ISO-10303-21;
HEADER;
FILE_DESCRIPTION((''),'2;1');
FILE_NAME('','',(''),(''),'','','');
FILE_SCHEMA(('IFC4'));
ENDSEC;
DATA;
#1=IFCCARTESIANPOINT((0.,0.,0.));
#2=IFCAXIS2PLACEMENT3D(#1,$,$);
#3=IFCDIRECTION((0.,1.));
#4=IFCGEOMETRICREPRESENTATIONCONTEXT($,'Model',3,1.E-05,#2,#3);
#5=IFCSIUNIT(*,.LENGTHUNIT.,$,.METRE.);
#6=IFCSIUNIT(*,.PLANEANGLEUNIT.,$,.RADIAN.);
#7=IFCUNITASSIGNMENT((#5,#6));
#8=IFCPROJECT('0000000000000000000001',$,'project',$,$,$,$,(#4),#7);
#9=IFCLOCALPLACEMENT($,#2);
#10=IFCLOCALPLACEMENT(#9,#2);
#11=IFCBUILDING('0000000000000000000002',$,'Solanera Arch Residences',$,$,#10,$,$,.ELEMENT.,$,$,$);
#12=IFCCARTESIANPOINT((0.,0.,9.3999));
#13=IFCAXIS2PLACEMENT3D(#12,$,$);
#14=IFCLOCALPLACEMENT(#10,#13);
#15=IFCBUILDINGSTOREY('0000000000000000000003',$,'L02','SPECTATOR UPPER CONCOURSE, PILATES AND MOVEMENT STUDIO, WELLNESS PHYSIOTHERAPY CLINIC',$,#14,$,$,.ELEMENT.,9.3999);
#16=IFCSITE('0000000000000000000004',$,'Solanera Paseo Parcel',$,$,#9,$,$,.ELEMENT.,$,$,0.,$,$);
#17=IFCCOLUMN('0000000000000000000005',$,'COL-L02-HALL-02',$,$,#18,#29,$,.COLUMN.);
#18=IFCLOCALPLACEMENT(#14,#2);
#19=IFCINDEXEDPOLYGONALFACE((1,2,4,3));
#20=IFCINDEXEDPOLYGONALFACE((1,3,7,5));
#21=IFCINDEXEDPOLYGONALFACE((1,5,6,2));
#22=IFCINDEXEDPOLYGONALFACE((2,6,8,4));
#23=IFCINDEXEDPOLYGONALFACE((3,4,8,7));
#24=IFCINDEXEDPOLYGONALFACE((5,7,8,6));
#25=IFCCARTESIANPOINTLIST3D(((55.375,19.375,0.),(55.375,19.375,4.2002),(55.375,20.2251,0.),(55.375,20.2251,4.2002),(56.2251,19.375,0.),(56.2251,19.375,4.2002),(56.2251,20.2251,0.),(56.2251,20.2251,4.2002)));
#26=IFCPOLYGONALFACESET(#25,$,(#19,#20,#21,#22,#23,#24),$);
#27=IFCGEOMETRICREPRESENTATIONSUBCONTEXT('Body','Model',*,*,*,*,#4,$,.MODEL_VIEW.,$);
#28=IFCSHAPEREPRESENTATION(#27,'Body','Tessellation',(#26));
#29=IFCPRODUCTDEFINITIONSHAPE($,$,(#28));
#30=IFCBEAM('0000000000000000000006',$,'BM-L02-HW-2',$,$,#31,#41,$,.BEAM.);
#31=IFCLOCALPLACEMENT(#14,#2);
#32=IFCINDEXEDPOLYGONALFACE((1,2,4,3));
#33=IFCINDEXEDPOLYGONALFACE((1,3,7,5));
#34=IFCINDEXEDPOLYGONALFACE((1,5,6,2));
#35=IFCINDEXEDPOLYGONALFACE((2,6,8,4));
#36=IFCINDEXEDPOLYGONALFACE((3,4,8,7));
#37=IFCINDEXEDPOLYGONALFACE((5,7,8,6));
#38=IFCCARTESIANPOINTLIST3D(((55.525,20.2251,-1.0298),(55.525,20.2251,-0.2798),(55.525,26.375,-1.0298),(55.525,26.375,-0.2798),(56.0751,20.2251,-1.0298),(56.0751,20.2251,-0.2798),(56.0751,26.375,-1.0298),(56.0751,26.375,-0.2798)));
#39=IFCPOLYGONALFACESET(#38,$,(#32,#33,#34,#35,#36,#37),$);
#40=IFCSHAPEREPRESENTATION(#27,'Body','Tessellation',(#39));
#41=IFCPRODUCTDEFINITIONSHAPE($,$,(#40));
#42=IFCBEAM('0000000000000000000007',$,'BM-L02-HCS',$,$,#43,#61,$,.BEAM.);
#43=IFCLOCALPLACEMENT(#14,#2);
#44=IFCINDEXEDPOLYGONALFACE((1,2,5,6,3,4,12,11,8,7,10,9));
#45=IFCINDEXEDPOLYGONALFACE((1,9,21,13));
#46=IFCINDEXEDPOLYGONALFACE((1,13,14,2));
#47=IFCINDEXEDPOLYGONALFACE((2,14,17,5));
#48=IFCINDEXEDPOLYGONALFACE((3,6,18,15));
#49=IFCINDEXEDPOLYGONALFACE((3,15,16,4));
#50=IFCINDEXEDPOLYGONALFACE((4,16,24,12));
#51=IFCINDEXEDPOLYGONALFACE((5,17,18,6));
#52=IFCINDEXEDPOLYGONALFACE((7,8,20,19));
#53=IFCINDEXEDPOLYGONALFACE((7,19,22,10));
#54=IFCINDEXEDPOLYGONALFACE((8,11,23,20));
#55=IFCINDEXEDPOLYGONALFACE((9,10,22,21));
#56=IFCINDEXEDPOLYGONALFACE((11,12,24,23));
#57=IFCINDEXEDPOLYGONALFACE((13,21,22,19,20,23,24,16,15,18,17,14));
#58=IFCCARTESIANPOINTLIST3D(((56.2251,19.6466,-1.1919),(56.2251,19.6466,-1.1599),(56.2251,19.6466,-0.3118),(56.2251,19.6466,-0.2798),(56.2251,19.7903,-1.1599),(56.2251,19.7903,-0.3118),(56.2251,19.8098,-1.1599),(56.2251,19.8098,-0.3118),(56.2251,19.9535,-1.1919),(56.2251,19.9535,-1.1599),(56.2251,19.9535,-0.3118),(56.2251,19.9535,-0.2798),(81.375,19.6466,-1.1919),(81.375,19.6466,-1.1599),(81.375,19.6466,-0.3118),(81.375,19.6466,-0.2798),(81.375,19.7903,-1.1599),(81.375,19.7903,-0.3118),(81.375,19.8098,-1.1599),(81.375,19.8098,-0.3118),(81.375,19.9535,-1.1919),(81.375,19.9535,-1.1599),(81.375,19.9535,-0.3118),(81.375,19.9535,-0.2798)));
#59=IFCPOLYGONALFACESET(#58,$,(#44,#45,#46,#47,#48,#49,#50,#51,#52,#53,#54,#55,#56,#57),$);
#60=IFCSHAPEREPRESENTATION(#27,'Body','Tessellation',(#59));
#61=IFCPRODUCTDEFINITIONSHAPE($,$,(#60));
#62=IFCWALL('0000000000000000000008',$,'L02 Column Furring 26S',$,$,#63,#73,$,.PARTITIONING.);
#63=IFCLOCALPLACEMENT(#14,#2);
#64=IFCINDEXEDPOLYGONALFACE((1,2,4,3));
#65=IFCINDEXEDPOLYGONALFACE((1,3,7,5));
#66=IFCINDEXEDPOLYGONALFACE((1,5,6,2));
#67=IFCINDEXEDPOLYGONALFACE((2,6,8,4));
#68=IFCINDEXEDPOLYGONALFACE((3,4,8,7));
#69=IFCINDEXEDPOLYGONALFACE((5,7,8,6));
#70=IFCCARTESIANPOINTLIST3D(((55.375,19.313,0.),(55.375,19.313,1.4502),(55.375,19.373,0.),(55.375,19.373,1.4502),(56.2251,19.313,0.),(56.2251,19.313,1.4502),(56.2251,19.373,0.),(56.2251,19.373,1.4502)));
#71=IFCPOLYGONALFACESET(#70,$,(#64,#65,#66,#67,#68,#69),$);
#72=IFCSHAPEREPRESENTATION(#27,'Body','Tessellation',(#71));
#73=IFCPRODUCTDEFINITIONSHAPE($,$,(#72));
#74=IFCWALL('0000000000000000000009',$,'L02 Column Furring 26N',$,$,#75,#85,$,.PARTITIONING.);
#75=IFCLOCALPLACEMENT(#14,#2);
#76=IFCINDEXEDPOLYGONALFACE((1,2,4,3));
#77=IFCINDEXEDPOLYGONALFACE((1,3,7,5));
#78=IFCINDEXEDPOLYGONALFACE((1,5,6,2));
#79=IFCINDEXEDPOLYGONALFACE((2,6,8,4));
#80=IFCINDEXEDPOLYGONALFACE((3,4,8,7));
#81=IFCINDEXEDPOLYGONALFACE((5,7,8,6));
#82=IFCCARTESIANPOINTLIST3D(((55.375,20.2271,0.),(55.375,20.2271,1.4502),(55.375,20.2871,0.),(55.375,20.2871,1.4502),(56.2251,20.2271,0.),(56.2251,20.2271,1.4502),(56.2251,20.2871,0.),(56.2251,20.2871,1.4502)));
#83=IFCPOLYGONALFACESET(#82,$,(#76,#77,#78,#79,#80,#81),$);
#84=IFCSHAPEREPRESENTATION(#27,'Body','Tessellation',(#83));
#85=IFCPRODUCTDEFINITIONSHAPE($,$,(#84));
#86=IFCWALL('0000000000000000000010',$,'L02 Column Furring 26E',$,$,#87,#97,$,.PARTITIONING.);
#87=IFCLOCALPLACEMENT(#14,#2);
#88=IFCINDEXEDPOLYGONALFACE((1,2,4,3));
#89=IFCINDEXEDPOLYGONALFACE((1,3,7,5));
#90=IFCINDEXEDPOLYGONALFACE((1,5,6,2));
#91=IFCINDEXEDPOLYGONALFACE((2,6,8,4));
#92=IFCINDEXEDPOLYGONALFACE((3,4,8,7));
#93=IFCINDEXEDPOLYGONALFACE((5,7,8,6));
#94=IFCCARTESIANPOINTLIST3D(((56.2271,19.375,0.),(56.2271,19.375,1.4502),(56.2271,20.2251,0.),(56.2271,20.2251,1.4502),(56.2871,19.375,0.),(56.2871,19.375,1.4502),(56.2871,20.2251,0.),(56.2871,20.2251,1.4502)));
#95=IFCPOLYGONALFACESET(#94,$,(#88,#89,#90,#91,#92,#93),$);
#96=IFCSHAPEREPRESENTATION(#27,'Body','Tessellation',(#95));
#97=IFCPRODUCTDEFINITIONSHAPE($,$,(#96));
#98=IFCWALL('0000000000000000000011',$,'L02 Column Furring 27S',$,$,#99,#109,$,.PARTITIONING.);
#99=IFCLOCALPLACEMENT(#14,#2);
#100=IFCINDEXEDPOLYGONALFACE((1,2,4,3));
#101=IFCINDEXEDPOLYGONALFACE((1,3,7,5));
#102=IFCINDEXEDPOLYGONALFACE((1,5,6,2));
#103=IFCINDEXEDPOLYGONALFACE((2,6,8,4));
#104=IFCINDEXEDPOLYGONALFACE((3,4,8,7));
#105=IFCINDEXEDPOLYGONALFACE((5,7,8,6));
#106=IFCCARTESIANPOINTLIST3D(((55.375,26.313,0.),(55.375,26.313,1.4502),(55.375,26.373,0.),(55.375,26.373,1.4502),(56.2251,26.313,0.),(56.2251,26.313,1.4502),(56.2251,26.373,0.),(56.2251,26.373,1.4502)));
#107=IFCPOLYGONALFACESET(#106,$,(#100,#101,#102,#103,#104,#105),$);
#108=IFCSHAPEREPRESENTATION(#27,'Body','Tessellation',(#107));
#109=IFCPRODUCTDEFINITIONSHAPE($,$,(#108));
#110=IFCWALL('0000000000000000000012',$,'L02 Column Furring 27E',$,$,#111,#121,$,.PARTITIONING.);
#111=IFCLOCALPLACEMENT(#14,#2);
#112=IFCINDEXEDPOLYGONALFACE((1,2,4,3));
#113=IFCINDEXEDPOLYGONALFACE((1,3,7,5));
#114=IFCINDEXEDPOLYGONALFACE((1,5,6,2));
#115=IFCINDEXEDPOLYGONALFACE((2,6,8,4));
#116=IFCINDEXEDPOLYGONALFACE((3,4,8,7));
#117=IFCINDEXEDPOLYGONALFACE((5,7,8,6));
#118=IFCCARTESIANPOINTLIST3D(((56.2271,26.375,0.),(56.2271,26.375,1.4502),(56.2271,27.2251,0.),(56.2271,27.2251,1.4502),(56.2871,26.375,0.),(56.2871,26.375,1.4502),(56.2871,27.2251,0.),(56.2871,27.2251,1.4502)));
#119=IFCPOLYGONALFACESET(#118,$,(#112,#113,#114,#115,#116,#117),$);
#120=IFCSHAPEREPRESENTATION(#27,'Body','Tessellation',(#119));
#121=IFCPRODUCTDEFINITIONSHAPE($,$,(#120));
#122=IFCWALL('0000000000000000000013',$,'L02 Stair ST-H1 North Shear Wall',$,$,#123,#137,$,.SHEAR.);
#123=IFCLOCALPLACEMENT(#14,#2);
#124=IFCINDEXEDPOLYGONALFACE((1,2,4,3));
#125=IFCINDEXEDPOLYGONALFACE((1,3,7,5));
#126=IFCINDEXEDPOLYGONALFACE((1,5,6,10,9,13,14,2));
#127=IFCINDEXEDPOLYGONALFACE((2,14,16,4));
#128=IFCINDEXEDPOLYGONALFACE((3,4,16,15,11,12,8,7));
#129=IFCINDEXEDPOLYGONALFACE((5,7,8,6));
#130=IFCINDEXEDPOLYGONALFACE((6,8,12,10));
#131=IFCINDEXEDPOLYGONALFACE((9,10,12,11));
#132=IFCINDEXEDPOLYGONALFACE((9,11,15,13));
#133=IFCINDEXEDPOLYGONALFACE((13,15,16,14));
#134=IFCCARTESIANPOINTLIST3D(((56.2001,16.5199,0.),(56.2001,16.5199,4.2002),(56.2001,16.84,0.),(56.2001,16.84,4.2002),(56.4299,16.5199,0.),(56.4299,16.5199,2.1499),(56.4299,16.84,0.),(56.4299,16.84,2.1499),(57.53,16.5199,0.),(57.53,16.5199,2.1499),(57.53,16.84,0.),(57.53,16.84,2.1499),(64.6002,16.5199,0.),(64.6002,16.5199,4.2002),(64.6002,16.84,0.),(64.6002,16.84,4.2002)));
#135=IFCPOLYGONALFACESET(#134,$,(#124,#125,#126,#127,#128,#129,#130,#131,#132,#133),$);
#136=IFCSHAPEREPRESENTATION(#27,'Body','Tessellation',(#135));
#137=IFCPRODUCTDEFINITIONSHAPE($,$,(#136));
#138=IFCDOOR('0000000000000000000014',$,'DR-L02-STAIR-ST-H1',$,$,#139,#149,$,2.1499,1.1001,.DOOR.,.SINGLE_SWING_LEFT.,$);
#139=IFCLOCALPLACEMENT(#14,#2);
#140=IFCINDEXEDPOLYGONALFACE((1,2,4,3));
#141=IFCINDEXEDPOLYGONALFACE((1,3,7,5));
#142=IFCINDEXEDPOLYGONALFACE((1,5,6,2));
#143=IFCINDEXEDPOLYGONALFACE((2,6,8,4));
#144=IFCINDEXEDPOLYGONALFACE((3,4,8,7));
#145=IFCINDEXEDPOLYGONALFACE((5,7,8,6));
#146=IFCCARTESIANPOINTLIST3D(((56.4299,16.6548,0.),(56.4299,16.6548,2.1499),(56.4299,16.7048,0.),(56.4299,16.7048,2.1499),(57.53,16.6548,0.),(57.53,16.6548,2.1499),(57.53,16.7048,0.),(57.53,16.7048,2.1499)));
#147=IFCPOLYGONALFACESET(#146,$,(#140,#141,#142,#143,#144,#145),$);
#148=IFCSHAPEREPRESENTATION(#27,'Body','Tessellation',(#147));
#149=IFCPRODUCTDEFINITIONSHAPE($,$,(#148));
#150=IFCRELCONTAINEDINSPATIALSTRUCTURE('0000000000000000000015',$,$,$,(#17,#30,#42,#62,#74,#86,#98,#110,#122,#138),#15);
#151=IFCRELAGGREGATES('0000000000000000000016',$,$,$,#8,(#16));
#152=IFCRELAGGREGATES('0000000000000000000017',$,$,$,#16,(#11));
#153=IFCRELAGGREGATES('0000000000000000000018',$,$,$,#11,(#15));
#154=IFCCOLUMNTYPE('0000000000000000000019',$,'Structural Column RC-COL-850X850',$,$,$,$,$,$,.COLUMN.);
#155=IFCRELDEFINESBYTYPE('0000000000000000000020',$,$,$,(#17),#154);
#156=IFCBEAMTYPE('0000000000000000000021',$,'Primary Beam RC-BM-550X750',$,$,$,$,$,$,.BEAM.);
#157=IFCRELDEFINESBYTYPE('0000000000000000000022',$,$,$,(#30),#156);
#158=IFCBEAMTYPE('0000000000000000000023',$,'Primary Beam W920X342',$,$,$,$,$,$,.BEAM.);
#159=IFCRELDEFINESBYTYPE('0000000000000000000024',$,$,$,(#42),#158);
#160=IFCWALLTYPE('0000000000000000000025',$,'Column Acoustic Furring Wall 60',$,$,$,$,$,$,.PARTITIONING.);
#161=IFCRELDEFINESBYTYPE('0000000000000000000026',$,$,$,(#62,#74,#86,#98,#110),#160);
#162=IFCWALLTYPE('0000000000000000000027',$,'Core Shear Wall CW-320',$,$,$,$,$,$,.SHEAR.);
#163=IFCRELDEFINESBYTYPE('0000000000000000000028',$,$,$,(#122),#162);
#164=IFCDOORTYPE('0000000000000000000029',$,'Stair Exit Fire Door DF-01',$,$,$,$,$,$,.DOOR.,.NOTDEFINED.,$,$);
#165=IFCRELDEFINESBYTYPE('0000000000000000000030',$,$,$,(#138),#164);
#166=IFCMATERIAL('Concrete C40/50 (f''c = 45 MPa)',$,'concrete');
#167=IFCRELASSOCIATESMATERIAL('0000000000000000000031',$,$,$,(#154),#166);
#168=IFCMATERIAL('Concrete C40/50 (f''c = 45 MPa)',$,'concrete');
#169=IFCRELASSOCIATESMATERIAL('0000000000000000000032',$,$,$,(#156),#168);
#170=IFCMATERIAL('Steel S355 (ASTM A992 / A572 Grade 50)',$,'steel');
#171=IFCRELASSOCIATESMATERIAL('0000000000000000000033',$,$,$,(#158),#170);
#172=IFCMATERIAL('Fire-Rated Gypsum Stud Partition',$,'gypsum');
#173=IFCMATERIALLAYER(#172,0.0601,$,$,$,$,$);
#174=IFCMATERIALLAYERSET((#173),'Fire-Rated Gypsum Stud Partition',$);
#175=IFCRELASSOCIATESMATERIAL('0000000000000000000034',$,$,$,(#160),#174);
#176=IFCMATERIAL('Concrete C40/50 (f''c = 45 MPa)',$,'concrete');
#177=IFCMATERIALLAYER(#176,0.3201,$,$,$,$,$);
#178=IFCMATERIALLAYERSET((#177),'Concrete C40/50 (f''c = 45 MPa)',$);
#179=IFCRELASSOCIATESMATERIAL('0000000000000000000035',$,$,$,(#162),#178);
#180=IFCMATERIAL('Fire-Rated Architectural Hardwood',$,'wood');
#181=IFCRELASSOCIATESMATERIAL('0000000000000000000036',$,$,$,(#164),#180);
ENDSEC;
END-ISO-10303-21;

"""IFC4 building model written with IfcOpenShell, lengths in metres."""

from ifc_helpers import new_model, si_unit, direction, frame, frame_2d, origin, origin_2d, place, context, subcontext, project, spatial, rectangle, i_section, extrude, material, layer, layer_set, material_profile, profile_set, type_object, element, fill, save


model = new_model("IFC4")

# Units and contexts
model_context = context("Model", 3, precision=1e-05, world=origin(), true_north=direction((0.0, 1.0)))
body_context = subcontext(model_context, "Body", "Model", "MODEL_VIEW")
ifc_project = project(units=[si_unit("LENGTHUNIT", "METRE"), si_unit("PLANEANGLEUNIT", "RADIAN")], contexts=[model_context])

# Site, building, storey
site_placement = place(None, origin())
site = spatial("IfcSite", under=ifc_project, at=site_placement, Name="Solanera Paseo Parcel", CompositionType="ELEMENT", RefElevation=0.0)
building_placement = place(site_placement, origin())
building = spatial("IfcBuilding", under=site, at=building_placement, Name="Solanera Arch Residences", CompositionType="ELEMENT")
storey_placement = place(building_placement, frame((0.0, 0.0, 9.3999)))
storey = spatial("IfcBuildingStorey", under=building, at=storey_placement, Name="L02", Description="SPECTATOR UPPER CONCOURSE, PILATES AND MOVEMENT STUDIO, WELLNESS PHYSIOTHERAPY CLINIC", CompositionType="ELEMENT", Elevation=9.3999)

# Column
ifc_material_1 = material(Name="Concrete C40/50 (f'c = 45 MPa)", Category="concrete")
ifc_material_profile_1 = material_profile(ifc_material_1, rectangle(XDim=0.8501, YDim=0.8501, at=origin_2d()))
ifc_profile_set_1 = profile_set([ifc_material_profile_1], Name="Concrete C40/50 (f'c = 45 MPa)")
column_type = type_object("IfcColumnType", Name="Structural Column RC-COL-850X850", PredefinedType="COLUMN", material=ifc_profile_set_1)
column_placement = place(storey_placement, frame((55.8, 19.8, 0.0), z_axis=(0.0, 0.0, 1.0), x_axis=(1.0, 0.0, 0.0)))
element("IfcColumn", 1, at=column_placement, inside=storey, type_object=column_type, Name="COL-L02-HALL-02", PredefinedType="COLUMN", context=body_context, shape_type="SweptSolid", body=[
    extrude(rectangle(XDim=0.8501, YDim=0.8501, at=origin_2d()), origin(), (0.0, 0.0, 1.0), 4.2002),
])

# Beams
ifc_material_2 = material(Name="Concrete C40/50 (f'c = 45 MPa)", Category="concrete")
ifc_material_profile_2 = material_profile(ifc_material_2, rectangle(XDim=0.55, YDim=0.75, at=origin_2d()))
ifc_profile_set_2 = profile_set([ifc_material_profile_2], Name="Concrete C40/50 (f'c = 45 MPa)")
beam_type_1 = type_object("IfcBeamType", Name="Primary Beam RC-BM-550X750", PredefinedType="BEAM", material=ifc_profile_set_2)
beam_1_placement = place(storey_placement, frame((55.8, 20.2251, -0.6548), z_axis=(0.0, 1.0, 0.0), x_axis=(-1.0, 0.0, 0.0)))
element("IfcBeam", 2, at=beam_1_placement, inside=storey, type_object=beam_type_1, Name="BM-L02-HW-2", PredefinedType="BEAM", context=body_context, shape_type="SweptSolid", body=[
    extrude(rectangle(XDim=0.55, YDim=0.75, at=origin_2d()), origin(), (0.0, 0.0, 1.0), 6.1499),
])
ifc_material_3 = material(Name="Steel S355 (ASTM A992 / A572 Grade 50)", Category="steel")
ifc_material_profile_3 = material_profile(ifc_material_3, i_section(OverallWidth=0.3069, OverallDepth=0.9121, WebThickness=0.0195, FlangeThickness=0.032, at=origin_2d()))
ifc_profile_set_3 = profile_set([ifc_material_profile_3], Name="Steel S355 (ASTM A992 / A572 Grade 50)")
beam_type_2 = type_object("IfcBeamType", Name="Primary Beam W920X342", PredefinedType="BEAM", material=ifc_profile_set_3)
beam_2_placement = place(storey_placement, frame((56.2251, 19.8, -0.7358), z_axis=(1.0, 0.0, 0.0), x_axis=(0.0, 1.0, 0.0)))
element("IfcBeam", 3, at=beam_2_placement, inside=storey, type_object=beam_type_2, Name="BM-L02-HCS", PredefinedType="BEAM", context=body_context, shape_type="SweptSolid", body=[
    extrude(i_section(OverallWidth=0.3069, OverallDepth=0.9121, WebThickness=0.0195, FlangeThickness=0.032, at=origin_2d()), origin(), (0.0, 0.0, 1.0), 25.1499),
])

# Walls
ifc_material_4 = material(Name="Fire-Rated Gypsum Stud Partition", Category="gypsum")
ifc_layer_1 = layer(ifc_material_4, 0.0601)
ifc_layer_set_1 = layer_set([ifc_layer_1], Name="Fire-Rated Gypsum Stud Partition")
wall_type_1 = type_object("IfcWallType", Name="Column Acoustic Furring Wall 60", PredefinedType="PARTITIONING", material=ifc_layer_set_1)
for number, where, z_axis, x_axis, name in (
    (4, (55.375, 19.343, 0.0), (0.0, 0.0, 1.0), (1.0, 0.0, 0.0), "L02 Column Furring 26S"),
    (5, (55.375, 20.2571, 0.0), (0.0, 0.0, 1.0), (1.0, 0.0, 0.0), "L02 Column Furring 26N"),
    (6, (56.2571, 19.375, 0.0), (0.0, 0.0, 1.0), (0.0, 1.0, 0.0), "L02 Column Furring 26E"),
    (7, (55.375, 26.343, 0.0), (0.0, 0.0, 1.0), (1.0, 0.0, 0.0), "L02 Column Furring 27S"),
    (8, (56.2571, 26.375, 0.0), (0.0, 0.0, 1.0), (0.0, 1.0, 0.0), "L02 Column Furring 27E"),
):
    element("IfcWall", number, at=place(storey_placement, frame(where, z_axis=z_axis, x_axis=x_axis)), inside=storey, type_object=wall_type_1, Name=name, PredefinedType="PARTITIONING", context=body_context, shape_type="SweptSolid", body=[
        extrude(rectangle(XDim=0.8501, YDim=0.0601, at=frame_2d((0.425, 0.0))), origin(), (0.0, 0.0, 1.0), 1.4502),
    ])

# Wall, opening, door
ifc_material_5 = material(Name="Concrete C40/50 (f'c = 45 MPa)", Category="concrete")
ifc_layer_2 = layer(ifc_material_5, 0.3201)
ifc_layer_set_2 = layer_set([ifc_layer_2], Name="Concrete C40/50 (f'c = 45 MPa)")
wall_type_2 = type_object("IfcWallType", Name="Core Shear Wall CW-320", PredefinedType="SHEAR", material=ifc_layer_set_2)
wall_1_placement = place(storey_placement, frame((56.2, 16.6799, 0.0), z_axis=(0.0, 0.0, 1.0), x_axis=(1.0, 0.0, 0.0)))
wall_1 = element("IfcWall", 9, at=wall_1_placement, inside=storey, type_object=wall_type_2, Name="L02 Stair ST-H1 North Shear Wall", PredefinedType="SHEAR", context=body_context, shape_type="SweptSolid", body=[
    extrude(rectangle(XDim=8.4001, YDim=0.3201, at=frame_2d((4.2002, 0.0))), origin(), (0.0, 0.0, 1.0), 4.2002),
])
opening_1_placement = place(wall_1_placement, frame((0.23, 0.0, 0.0)))
opening_1 = element("IfcOpeningElement", 10, at=opening_1_placement, cuts=wall_1, PredefinedType="OPENING", context=body_context, shape_type="SweptSolid", body=[
    extrude(rectangle(XDim=1.1001, YDim=2.1499, at=frame_2d((0.55, 1.075))), frame((0.0, 0.1699, 0.0), z_axis=(0.0, -1.0, 0.0), x_axis=(1.0, 0.0, 0.0)), (0.0, 0.0, 1.0), 0.3401),
])
ifc_material_6 = material(Name="Fire-Rated Architectural Hardwood", Category="wood")
door_type_1 = type_object("IfcDoorType", Name="Stair Exit Fire Door DF-01", OperationType="NOTDEFINED", PredefinedType="DOOR", material=ifc_material_6)
door_1_placement = place(opening_1_placement, origin())
door_1 = element("IfcDoor", 11, at=door_1_placement, inside=storey, type_object=door_type_1, Name="DR-L02-STAIR-ST-H1", OperationType="SINGLE_SWING_LEFT", OverallHeight=2.1499, OverallWidth=1.1001, PredefinedType="DOOR", context=body_context, shape_type="SweptSolid", body=[
    extrude(rectangle(XDim=1.1001, YDim=2.1499, at=frame_2d((0.55, 1.075))), frame((0.0, 0.0249, 0.0), z_axis=(0.0, -1.0, 0.0), x_axis=(1.0, 0.0, 0.0)), (0.0, 0.0, 1.0), 0.05),
])
fill(opening_1, door_1)

save(model, "model.ifc")
